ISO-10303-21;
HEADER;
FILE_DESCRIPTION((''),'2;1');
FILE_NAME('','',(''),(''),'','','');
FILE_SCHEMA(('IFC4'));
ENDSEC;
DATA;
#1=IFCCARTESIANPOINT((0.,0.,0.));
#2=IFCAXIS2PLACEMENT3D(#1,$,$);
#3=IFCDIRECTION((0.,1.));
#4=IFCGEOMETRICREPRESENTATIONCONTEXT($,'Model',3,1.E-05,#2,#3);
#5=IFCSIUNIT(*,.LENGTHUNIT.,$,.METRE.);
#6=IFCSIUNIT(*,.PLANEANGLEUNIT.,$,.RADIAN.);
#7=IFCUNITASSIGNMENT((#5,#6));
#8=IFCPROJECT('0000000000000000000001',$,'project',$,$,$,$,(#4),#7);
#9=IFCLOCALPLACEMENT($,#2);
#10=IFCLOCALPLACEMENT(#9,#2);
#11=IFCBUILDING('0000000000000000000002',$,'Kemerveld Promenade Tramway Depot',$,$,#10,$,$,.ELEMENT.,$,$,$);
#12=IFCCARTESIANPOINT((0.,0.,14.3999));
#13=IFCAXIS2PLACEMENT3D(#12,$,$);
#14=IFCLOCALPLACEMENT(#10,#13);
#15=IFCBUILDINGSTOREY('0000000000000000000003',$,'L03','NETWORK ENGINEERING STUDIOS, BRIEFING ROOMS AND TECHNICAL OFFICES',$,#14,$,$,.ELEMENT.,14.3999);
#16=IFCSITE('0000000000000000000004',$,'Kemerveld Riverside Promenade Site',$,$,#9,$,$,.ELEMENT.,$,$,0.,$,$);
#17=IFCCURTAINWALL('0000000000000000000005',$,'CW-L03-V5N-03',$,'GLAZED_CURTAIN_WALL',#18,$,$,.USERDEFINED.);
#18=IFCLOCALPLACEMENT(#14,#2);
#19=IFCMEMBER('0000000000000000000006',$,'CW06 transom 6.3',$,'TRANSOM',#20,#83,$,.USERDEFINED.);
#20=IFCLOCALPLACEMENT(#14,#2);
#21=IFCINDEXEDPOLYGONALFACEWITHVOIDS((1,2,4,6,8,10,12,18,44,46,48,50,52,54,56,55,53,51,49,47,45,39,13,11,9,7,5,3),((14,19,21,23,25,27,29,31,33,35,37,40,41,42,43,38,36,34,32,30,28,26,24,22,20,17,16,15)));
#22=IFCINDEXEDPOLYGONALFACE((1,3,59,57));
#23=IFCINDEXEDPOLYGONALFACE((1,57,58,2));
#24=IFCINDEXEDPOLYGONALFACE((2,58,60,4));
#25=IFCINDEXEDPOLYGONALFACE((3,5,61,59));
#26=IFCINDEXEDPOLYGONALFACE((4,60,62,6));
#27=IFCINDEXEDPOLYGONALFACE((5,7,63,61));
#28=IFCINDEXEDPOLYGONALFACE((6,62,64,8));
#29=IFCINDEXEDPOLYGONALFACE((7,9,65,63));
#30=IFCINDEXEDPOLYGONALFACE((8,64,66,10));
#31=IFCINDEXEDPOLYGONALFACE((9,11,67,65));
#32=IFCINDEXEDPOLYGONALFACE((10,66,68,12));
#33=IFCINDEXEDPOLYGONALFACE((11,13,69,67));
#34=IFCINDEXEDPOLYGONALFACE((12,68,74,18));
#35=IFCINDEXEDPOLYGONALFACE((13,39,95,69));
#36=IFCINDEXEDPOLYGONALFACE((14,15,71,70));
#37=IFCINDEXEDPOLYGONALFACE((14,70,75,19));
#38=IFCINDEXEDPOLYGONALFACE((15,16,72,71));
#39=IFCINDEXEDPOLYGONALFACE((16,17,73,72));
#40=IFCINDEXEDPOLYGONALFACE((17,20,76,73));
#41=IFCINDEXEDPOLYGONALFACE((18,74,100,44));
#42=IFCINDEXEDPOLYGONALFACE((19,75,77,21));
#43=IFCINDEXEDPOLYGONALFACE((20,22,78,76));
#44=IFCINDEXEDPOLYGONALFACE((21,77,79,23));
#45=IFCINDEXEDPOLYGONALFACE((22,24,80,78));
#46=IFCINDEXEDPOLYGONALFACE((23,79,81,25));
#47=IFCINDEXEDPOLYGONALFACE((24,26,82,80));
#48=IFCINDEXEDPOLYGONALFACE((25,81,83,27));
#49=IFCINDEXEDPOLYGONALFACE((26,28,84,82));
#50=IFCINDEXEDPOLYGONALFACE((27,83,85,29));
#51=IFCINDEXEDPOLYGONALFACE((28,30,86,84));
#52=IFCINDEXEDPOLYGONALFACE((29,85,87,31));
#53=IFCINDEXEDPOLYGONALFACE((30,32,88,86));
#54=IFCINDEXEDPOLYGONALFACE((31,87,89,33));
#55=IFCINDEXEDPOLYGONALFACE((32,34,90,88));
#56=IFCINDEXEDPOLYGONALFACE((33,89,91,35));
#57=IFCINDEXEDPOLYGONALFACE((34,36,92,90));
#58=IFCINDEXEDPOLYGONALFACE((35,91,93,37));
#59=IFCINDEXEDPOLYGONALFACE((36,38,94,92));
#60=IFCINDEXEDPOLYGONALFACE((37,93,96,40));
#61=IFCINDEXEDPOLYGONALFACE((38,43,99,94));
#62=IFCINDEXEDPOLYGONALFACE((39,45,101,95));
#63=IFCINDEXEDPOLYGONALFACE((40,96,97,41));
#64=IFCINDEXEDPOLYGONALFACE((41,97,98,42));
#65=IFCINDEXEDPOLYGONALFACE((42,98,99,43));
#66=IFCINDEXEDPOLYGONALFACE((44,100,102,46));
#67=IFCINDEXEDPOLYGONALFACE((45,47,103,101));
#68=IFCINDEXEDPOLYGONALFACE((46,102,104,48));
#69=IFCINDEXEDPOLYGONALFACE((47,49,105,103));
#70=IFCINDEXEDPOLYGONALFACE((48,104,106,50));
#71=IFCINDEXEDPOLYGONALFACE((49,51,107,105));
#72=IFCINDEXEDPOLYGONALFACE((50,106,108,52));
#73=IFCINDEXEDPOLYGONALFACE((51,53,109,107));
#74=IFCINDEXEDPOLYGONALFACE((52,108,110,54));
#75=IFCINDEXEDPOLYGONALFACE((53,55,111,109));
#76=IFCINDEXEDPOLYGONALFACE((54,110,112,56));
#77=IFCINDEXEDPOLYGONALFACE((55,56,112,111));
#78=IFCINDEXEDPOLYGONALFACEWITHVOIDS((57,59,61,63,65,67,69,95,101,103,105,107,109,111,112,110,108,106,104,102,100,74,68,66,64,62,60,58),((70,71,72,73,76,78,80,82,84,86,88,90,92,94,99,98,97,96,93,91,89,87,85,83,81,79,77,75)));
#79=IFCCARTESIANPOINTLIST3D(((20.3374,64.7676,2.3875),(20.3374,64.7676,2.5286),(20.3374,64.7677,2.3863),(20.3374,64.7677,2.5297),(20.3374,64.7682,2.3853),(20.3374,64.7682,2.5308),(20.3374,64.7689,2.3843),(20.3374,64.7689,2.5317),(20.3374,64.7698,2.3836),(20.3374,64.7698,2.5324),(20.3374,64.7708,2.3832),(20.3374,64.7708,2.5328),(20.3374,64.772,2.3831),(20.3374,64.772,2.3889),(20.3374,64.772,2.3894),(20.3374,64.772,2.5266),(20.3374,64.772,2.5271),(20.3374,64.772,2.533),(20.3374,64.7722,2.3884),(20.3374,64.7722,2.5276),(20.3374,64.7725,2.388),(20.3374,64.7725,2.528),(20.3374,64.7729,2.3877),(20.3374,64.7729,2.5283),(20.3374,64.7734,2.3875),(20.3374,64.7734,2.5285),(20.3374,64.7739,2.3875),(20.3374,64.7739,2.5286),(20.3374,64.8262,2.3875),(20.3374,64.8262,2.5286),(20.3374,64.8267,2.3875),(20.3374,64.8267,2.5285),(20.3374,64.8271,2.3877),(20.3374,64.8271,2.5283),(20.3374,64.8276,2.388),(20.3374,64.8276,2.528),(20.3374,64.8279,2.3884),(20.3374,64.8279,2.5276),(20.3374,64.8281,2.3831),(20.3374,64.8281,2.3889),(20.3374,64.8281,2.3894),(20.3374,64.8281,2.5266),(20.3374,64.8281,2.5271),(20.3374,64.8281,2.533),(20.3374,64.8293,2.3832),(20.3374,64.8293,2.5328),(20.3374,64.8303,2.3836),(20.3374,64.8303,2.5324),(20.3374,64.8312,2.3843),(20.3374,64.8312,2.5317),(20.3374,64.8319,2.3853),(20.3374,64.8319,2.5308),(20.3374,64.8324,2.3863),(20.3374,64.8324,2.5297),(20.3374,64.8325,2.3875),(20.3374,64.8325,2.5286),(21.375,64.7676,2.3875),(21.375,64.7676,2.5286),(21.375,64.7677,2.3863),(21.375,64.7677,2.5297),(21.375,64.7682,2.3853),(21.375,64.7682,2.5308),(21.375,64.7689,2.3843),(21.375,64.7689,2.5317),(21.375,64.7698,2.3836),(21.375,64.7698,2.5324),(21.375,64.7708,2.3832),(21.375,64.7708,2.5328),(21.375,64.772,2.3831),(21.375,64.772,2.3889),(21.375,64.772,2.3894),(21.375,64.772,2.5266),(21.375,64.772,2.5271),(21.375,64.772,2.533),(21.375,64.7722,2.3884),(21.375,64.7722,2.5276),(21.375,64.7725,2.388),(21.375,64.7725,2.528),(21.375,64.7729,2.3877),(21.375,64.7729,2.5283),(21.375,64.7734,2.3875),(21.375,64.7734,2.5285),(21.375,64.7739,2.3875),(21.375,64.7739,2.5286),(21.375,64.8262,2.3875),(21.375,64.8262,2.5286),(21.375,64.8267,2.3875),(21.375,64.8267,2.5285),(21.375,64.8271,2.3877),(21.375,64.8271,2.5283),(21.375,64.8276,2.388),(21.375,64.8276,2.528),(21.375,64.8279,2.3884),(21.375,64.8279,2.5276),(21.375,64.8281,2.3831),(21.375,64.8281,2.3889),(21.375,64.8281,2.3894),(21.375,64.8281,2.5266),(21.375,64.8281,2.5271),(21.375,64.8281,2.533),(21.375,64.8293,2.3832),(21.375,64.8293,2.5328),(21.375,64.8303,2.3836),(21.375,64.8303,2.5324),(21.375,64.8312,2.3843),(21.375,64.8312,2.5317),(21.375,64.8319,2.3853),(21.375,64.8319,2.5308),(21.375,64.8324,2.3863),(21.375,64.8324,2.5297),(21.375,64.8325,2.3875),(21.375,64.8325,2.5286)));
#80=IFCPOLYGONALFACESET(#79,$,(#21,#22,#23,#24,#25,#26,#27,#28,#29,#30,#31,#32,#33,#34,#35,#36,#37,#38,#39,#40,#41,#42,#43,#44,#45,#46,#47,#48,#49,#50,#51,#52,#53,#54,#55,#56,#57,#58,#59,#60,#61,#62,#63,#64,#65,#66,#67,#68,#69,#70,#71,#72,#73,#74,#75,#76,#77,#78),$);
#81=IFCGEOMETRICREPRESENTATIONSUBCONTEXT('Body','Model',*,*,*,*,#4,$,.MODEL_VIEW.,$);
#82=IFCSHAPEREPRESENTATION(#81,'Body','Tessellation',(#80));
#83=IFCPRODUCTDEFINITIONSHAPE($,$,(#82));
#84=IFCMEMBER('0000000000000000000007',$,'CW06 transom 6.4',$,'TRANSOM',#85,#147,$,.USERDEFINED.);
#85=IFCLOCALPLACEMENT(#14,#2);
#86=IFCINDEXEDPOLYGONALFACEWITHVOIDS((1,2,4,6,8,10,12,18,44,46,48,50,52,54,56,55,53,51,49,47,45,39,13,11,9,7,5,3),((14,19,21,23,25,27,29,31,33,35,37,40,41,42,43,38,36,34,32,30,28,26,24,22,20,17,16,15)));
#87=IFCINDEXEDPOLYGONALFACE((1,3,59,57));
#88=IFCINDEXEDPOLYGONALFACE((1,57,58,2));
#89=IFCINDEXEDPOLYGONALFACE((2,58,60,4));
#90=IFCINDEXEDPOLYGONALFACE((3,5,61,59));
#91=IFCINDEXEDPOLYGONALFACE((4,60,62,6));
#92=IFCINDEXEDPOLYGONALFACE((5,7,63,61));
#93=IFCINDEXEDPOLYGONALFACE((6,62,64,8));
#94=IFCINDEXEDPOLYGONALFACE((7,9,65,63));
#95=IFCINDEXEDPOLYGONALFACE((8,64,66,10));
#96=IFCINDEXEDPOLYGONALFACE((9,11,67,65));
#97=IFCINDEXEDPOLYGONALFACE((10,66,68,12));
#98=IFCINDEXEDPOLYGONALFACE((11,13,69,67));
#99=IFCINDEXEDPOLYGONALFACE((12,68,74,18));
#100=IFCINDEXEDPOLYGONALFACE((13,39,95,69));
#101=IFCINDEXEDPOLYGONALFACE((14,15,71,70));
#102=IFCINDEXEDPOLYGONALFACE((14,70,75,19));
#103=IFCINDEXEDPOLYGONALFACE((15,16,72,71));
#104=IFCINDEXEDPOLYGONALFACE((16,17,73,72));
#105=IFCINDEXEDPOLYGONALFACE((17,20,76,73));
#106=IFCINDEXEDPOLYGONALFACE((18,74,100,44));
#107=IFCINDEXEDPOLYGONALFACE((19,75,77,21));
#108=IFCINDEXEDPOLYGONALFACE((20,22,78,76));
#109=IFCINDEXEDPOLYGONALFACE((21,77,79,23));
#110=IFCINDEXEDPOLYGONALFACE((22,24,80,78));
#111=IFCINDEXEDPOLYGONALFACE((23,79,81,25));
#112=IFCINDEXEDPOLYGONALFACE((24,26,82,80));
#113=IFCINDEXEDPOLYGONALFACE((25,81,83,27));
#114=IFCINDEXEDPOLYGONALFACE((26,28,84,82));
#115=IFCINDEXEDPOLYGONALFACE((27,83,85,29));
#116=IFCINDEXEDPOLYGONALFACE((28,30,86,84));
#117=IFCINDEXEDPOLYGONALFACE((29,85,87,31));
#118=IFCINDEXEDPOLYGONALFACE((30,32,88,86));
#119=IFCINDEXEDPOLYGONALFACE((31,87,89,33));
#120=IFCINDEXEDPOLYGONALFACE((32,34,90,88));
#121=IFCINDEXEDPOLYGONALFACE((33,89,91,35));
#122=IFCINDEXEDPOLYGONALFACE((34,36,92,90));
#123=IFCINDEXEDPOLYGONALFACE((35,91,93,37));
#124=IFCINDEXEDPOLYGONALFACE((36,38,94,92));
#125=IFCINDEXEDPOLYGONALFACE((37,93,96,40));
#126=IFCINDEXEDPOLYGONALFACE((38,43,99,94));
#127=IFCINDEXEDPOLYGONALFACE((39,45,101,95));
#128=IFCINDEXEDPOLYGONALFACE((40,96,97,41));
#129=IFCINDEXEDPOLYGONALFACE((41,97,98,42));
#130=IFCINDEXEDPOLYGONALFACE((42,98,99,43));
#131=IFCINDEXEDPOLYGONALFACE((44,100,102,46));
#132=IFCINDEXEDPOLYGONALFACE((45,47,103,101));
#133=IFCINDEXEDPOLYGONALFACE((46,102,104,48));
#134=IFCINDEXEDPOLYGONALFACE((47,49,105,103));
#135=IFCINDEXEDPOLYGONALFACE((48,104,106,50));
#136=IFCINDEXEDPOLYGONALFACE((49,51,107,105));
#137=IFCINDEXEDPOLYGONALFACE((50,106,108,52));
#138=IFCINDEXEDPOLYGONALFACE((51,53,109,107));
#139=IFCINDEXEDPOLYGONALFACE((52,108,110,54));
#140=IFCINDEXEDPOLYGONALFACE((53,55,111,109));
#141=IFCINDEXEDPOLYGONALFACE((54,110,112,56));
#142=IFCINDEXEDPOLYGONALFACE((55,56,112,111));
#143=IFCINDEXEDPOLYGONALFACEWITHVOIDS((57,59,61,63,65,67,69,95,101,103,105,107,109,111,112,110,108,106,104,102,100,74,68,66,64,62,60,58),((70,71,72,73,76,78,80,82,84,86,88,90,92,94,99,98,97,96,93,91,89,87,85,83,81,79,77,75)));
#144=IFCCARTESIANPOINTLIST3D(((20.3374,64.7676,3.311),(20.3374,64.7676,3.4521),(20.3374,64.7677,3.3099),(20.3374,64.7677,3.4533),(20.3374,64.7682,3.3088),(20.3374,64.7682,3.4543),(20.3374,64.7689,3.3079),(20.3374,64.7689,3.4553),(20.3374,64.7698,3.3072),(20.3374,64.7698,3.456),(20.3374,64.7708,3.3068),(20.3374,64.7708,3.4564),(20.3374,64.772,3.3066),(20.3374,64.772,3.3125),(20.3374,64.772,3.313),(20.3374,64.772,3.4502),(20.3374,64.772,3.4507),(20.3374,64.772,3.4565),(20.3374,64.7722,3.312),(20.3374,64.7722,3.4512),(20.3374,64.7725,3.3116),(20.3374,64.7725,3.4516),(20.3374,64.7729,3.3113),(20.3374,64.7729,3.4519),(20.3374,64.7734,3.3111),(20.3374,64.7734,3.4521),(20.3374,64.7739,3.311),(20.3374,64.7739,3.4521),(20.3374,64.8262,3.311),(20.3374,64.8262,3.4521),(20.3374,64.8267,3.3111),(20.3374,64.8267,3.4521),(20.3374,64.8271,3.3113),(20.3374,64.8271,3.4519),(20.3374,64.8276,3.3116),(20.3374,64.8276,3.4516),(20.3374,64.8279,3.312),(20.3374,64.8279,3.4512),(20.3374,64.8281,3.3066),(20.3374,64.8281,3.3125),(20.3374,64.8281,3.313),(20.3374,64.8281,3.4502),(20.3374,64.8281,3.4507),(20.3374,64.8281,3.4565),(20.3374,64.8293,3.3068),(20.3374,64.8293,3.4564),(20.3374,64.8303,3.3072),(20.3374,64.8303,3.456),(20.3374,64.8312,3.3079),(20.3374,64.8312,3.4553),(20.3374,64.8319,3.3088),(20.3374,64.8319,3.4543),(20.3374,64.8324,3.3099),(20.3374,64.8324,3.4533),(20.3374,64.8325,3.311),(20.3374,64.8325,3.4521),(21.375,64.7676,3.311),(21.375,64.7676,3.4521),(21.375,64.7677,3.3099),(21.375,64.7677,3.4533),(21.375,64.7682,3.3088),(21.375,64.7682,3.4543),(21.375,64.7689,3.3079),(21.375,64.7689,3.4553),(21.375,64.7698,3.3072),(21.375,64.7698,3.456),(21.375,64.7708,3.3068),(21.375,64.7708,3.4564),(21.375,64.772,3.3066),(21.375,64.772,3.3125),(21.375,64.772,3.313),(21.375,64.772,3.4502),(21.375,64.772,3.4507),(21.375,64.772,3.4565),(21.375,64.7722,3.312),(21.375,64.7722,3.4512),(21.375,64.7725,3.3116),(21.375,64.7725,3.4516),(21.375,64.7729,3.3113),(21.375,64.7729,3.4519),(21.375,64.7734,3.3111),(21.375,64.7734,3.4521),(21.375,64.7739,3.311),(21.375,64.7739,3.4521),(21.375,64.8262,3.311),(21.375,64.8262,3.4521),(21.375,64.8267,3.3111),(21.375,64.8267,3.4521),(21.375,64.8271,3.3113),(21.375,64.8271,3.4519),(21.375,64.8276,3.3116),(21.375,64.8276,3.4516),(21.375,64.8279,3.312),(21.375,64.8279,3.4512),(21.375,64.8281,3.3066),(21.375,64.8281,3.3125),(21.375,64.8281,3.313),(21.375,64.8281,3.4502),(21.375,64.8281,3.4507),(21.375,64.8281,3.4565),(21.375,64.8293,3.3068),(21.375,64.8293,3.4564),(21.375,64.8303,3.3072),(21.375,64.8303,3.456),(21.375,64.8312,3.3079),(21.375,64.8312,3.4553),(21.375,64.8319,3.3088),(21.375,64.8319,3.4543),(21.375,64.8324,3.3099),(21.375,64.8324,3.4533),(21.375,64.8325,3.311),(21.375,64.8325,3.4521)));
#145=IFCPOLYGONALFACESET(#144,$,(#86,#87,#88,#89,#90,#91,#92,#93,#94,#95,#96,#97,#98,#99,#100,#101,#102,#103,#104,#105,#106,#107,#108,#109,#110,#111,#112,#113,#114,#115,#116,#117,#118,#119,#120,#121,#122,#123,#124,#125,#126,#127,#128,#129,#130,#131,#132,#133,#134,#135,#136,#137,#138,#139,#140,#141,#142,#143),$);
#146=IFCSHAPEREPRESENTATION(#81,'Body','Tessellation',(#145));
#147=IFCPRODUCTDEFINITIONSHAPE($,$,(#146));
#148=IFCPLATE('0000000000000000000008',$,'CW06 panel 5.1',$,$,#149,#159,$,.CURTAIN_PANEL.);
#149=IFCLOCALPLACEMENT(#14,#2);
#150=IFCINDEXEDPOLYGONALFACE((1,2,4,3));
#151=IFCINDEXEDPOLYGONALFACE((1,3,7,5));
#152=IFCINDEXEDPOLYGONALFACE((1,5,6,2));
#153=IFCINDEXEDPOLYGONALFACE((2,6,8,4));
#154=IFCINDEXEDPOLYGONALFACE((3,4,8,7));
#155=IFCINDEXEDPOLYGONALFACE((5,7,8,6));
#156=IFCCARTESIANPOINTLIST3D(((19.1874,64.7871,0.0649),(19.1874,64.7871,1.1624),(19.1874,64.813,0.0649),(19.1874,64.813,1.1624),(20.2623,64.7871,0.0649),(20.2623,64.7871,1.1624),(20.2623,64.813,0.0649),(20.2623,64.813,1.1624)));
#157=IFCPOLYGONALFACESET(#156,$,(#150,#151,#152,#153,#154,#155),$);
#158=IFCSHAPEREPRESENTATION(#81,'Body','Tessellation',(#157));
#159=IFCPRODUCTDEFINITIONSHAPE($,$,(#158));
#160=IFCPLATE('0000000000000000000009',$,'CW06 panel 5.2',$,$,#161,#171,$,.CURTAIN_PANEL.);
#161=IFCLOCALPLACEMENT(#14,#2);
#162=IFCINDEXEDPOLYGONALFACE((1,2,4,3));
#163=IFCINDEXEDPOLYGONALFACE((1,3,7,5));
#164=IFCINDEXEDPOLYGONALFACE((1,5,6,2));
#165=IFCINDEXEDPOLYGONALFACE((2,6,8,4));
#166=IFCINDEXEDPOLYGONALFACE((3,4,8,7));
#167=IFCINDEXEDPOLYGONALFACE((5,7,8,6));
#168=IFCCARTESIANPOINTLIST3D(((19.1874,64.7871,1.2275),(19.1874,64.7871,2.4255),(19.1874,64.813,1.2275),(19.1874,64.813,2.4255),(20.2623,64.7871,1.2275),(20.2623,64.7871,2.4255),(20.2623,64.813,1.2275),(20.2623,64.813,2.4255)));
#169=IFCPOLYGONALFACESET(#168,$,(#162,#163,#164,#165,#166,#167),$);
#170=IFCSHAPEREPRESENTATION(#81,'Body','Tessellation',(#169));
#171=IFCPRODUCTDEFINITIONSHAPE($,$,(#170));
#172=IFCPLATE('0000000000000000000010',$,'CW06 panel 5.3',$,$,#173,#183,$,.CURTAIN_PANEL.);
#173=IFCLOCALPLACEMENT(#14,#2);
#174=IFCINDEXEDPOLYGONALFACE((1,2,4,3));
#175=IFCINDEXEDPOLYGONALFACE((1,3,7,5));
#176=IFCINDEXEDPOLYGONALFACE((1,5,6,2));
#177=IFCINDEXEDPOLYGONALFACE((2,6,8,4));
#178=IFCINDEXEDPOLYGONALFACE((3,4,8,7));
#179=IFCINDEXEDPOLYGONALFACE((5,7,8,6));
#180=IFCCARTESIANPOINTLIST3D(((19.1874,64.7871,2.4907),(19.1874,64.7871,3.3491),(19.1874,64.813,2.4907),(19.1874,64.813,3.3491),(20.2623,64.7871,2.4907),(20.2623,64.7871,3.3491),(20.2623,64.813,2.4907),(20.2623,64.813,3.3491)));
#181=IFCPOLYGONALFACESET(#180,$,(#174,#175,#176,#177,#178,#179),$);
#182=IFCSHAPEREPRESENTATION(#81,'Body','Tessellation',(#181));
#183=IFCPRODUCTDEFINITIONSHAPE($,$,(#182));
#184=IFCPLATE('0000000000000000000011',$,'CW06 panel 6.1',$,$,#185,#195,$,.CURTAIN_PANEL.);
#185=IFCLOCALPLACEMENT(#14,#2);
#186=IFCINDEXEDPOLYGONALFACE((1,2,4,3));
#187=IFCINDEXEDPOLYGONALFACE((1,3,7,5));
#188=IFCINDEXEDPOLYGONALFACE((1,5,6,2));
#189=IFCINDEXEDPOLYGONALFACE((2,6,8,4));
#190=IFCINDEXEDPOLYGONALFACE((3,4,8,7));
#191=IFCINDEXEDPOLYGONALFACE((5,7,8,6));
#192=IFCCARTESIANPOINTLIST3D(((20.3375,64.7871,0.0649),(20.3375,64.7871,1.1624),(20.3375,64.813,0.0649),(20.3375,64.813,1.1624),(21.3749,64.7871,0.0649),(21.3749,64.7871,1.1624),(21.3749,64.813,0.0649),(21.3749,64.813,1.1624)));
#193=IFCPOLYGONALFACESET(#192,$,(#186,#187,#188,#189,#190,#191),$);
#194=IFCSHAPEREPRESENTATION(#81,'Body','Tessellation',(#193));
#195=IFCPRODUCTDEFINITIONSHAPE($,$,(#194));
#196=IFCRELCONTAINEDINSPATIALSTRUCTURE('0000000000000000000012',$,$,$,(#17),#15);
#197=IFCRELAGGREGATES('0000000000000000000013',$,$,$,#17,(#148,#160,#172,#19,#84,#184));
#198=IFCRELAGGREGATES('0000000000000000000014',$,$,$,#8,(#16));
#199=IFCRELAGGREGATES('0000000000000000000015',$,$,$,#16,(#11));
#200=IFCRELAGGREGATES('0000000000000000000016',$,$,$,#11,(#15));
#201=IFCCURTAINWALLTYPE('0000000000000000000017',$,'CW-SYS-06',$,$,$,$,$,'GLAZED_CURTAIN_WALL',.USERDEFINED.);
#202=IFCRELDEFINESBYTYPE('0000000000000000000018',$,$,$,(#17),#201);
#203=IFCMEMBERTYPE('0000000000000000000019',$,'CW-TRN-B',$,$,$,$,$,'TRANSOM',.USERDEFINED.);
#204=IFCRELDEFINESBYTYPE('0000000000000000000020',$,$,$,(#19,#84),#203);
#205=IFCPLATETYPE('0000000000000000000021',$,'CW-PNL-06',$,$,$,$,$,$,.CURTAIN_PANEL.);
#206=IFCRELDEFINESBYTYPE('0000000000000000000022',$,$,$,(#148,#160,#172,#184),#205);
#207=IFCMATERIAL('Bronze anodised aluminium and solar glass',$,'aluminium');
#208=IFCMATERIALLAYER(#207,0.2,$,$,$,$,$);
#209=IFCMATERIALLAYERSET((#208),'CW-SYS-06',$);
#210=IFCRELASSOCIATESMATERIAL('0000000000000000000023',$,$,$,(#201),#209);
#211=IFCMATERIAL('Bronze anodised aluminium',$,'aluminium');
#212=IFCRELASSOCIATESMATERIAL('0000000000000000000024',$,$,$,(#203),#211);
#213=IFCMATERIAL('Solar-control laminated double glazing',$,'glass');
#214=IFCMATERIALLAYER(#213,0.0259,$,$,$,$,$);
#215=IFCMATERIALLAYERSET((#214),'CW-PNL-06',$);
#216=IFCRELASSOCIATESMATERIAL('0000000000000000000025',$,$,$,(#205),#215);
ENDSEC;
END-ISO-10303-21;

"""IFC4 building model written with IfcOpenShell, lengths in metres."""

from ifc_helpers import new_model, si_unit, direction, frame, origin, origin_2d, place, context, subcontext, project, spatial, rectangle, hollow_rectangle, extrude, material, layer, layer_set, material_profile, profile_set, type_object, element, aggregate, save


model = new_model("IFC4")

# Units and contexts
model_context = context("Model", 3, precision=1e-05, world=origin(), true_north=direction((0.0, 1.0)))
body_context = subcontext(model_context, "Body", "Model", "MODEL_VIEW")
ifc_project = project(units=[si_unit("LENGTHUNIT", "METRE"), si_unit("PLANEANGLEUNIT", "RADIAN")], contexts=[model_context])

# Site, building, storey
site_placement = place(None, origin())
site = spatial("IfcSite", under=ifc_project, at=site_placement, Name="Kemerveld Riverside Promenade Site", CompositionType="ELEMENT", RefElevation=0.0)
building_placement = place(site_placement, origin())
building = spatial("IfcBuilding", under=site, at=building_placement, Name="Kemerveld Promenade Tramway Depot", CompositionType="ELEMENT")
storey_placement = place(building_placement, frame((0.0, 0.0, 14.3999)))
storey = spatial("IfcBuildingStorey", under=building, at=storey_placement, Name="L03", Description="NETWORK ENGINEERING STUDIOS, BRIEFING ROOMS AND TECHNICAL OFFICES", CompositionType="ELEMENT", Elevation=14.3999)

# Curtain wall, members, plates
ifc_material_1 = material(Name="Bronze anodised aluminium and solar glass", Category="aluminium")
ifc_layer_1 = layer(ifc_material_1, 0.2)
ifc_layer_set_1 = layer_set([ifc_layer_1], Name="CW-SYS-06")
curtain_wall_type = type_object("IfcCurtainWallType", Name="CW-SYS-06", ElementType="GLAZED_CURTAIN_WALL", PredefinedType="USERDEFINED", material=ifc_layer_set_1)
curtain_wall_placement = place(storey_placement, origin())
curtain_wall = element("IfcCurtainWall", 1, at=curtain_wall_placement, inside=storey, type_object=curtain_wall_type, Name="CW-L03-V5N-03", ObjectType="GLAZED_CURTAIN_WALL", PredefinedType="USERDEFINED")
ifc_material_2 = material(Name="Bronze anodised aluminium", Category="aluminium")
ifc_material_profile_1 = material_profile(ifc_material_2, hollow_rectangle(XDim=0.0649, YDim=0.1499, WallThickness=0.0044, InnerFilletRadius=0.002, OuterFilletRadius=0.0044, at=origin_2d()), Name="CW-TRN-150x65")
ifc_profile_set_1 = profile_set([ifc_material_profile_1], Name="Bronze anodised aluminium")
member_type_1 = type_object("IfcMemberType", Name="CW-TRN-B", ElementType="TRANSOM", PredefinedType="USERDEFINED", material=ifc_profile_set_1)
member_1_placement = place(storey_placement, frame((20.3374, 64.8, 2.458), z_axis=(1.0, 0.0, 0.0), x_axis=(0.0, 1.0, 0.0)))
member_1 = element("IfcMember", 2, at=member_1_placement, type_object=member_type_1, Name="CW06 transom 6.3", ObjectType="TRANSOM", PredefinedType="USERDEFINED", context=body_context, shape_type="SweptSolid", body=[
    extrude(hollow_rectangle(XDim=0.0649, YDim=0.1499, WallThickness=0.0044, InnerFilletRadius=0.002, OuterFilletRadius=0.0044, at=origin_2d()), origin(), (0.0, 0.0, 1.0), 1.0376),
])
member_2_placement = place(storey_placement, frame((20.3374, 64.8, 3.3816), z_axis=(1.0, 0.0, 0.0), x_axis=(0.0, 1.0, 0.0)))
member_2 = element("IfcMember", 3, at=member_2_placement, type_object=member_type_1, Name="CW06 transom 6.4", ObjectType="TRANSOM", PredefinedType="USERDEFINED", context=body_context, shape_type="SweptSolid", body=[
    extrude(hollow_rectangle(XDim=0.0649, YDim=0.1499, WallThickness=0.0044, InnerFilletRadius=0.002, OuterFilletRadius=0.0044, at=origin_2d()), origin(), (0.0, 0.0, 1.0), 1.0376),
])
ifc_material_3 = material(Name="Solar-control laminated double glazing", Category="glass")
ifc_layer_2 = layer(ifc_material_3, 0.0259)
ifc_layer_set_2 = layer_set([ifc_layer_2], Name="CW-PNL-06")
plate_type = type_object("IfcPlateType", Name="CW-PNL-06", PredefinedType="CURTAIN_PANEL", material=ifc_layer_set_2)
plate_1_placement = place(storey_placement, frame((19.7249, 64.8, 0.0649), z_axis=(0.0, 0.0, 1.0), x_axis=(1.0, 0.0, 0.0)))
plate_1 = element("IfcPlate", 4, at=plate_1_placement, type_object=plate_type, Name="CW06 panel 5.1", PredefinedType="CURTAIN_PANEL", context=body_context, shape_type="SweptSolid", body=[
    extrude(rectangle(XDim=1.075, YDim=0.0259, at=origin_2d()), origin(), (0.0, 0.0, 1.0), 1.0974),
])
plate_2_placement = place(storey_placement, frame((19.7249, 64.8, 1.2275), z_axis=(0.0, 0.0, 1.0), x_axis=(1.0, 0.0, 0.0)))
plate_2 = element("IfcPlate", 5, at=plate_2_placement, type_object=plate_type, Name="CW06 panel 5.2", PredefinedType="CURTAIN_PANEL", context=body_context, shape_type="SweptSolid", body=[
    extrude(rectangle(XDim=1.075, YDim=0.0259, at=origin_2d()), origin(), (0.0, 0.0, 1.0), 1.198),
])
plate_3_placement = place(storey_placement, frame((19.7249, 64.8, 2.4907), z_axis=(0.0, 0.0, 1.0), x_axis=(1.0, 0.0, 0.0)))
plate_3 = element("IfcPlate", 6, at=plate_3_placement, type_object=plate_type, Name="CW06 panel 5.3", PredefinedType="CURTAIN_PANEL", context=body_context, shape_type="SweptSolid", body=[
    extrude(rectangle(XDim=1.075, YDim=0.0259, at=origin_2d()), origin(), (0.0, 0.0, 1.0), 0.8584),
])
plate_4_placement = place(storey_placement, frame((20.8562, 64.8, 0.0649), z_axis=(0.0, 0.0, 1.0), x_axis=(1.0, 0.0, 0.0)))
plate_4 = element("IfcPlate", 7, at=plate_4_placement, type_object=plate_type, Name="CW06 panel 6.1", PredefinedType="CURTAIN_PANEL", context=body_context, shape_type="SweptSolid", body=[
    extrude(rectangle(XDim=1.0374, YDim=0.0259, at=origin_2d()), origin(), (0.0, 0.0, 1.0), 1.0974),
])
aggregate(curtain_wall, [plate_1, plate_2, plate_3, member_1, member_2, plate_4])

save(model, "model.ifc")
